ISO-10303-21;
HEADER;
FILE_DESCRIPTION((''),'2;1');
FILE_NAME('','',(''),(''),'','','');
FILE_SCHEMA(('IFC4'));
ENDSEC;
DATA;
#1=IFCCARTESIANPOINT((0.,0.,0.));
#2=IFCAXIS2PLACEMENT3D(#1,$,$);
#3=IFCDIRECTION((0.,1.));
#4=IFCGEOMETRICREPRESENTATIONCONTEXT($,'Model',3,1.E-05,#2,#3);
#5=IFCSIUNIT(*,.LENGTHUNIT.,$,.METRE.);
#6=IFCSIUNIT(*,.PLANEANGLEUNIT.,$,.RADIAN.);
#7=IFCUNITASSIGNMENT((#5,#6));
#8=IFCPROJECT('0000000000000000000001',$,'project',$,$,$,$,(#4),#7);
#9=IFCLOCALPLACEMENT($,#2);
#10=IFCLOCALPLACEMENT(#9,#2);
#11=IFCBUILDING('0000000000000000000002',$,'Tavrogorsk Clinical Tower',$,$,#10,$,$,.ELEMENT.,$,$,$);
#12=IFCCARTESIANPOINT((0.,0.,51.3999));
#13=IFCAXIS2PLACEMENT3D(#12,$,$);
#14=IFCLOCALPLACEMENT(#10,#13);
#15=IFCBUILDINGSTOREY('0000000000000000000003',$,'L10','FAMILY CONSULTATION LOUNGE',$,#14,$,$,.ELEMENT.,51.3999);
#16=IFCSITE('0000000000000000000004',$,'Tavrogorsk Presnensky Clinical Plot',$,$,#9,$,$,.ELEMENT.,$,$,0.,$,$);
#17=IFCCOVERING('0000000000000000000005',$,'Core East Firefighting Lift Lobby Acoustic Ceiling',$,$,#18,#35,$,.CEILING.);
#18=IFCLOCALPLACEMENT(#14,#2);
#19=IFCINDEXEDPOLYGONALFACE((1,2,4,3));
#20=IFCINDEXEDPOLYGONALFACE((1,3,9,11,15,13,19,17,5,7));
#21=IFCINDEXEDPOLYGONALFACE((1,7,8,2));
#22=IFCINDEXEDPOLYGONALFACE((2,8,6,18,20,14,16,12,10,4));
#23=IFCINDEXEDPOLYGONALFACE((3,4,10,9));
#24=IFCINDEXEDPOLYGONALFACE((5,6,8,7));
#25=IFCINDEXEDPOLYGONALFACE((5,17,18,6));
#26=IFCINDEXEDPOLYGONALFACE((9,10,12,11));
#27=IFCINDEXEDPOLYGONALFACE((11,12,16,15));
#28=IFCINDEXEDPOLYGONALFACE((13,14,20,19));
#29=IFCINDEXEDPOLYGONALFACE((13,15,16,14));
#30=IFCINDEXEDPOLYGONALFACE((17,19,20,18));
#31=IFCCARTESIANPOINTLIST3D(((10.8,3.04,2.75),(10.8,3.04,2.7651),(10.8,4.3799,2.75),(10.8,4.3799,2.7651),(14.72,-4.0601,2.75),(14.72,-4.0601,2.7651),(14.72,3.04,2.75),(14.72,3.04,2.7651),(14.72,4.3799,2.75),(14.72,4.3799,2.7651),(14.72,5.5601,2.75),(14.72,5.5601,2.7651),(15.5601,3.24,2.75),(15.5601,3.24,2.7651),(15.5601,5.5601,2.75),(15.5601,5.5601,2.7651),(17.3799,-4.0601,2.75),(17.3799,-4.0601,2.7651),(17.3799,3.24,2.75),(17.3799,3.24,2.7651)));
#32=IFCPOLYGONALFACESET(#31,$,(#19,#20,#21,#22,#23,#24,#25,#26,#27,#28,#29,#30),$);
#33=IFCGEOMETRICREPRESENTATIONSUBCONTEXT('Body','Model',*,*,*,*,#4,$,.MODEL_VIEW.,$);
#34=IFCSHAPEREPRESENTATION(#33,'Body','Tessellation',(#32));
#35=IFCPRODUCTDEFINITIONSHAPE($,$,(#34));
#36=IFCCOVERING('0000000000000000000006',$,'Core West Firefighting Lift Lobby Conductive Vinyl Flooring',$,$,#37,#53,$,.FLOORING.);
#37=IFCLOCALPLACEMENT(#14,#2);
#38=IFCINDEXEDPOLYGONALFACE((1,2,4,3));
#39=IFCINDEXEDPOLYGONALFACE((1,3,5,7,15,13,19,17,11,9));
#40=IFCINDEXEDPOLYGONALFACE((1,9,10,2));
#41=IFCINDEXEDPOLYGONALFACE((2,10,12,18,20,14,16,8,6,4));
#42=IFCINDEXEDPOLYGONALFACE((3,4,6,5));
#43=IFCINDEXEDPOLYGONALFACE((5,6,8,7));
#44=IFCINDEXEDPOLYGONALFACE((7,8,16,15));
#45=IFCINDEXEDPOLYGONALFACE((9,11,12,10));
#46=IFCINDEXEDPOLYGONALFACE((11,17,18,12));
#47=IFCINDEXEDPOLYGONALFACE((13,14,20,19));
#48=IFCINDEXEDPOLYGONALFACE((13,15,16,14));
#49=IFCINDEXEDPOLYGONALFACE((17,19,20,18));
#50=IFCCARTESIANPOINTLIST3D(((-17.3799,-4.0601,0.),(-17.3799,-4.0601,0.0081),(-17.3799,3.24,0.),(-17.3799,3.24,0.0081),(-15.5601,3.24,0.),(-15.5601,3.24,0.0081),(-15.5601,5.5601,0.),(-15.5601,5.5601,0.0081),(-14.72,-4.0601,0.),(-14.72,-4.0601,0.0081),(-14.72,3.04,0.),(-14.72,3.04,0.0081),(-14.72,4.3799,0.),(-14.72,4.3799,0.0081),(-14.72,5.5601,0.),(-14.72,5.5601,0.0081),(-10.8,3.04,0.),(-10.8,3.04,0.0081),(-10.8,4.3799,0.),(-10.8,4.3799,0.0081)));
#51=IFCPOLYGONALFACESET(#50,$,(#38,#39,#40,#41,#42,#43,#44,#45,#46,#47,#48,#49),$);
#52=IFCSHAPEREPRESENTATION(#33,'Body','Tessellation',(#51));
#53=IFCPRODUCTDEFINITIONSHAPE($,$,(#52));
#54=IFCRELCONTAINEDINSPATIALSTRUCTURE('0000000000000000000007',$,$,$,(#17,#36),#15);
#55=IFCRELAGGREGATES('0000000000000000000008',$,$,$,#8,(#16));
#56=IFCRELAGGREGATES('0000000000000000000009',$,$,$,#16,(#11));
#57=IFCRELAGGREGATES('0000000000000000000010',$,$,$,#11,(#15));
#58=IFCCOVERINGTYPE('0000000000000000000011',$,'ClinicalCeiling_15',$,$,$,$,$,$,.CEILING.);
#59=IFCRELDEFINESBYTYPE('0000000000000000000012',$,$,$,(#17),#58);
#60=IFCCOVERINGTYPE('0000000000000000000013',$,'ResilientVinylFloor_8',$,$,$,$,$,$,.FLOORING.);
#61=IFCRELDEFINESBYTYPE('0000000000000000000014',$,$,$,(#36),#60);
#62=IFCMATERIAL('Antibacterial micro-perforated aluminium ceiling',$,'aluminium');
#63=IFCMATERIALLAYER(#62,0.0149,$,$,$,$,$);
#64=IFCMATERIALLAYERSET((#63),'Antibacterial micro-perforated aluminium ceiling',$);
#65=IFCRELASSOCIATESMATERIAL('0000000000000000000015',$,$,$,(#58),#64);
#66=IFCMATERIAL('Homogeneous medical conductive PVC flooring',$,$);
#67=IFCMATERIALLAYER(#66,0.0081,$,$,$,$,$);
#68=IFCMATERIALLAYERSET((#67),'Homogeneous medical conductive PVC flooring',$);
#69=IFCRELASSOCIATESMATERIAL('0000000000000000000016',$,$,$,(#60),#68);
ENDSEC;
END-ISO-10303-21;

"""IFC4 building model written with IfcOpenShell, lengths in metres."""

from ifc_helpers import new_model, si_unit, direction, frame, origin, place, context, subcontext, project, spatial, polyline, outline, extrude, material, layer, layer_set, type_object, element, save


model = new_model("IFC4")

# Units and contexts
model_context = context("Model", 3, precision=1e-05, world=origin(), true_north=direction((0.0, 1.0)))
body_context = subcontext(model_context, "Body", "Model", "MODEL_VIEW")
ifc_project = project(units=[si_unit("LENGTHUNIT", "METRE"), si_unit("PLANEANGLEUNIT", "RADIAN")], contexts=[model_context])

# Site, building, storey
site_placement = place(None, origin())
site = spatial("IfcSite", under=ifc_project, at=site_placement, Name="Tavrogorsk Presnensky Clinical Plot", CompositionType="ELEMENT", RefElevation=0.0)
building_placement = place(site_placement, origin())
building = spatial("IfcBuilding", under=site, at=building_placement, Name="Tavrogorsk Clinical Tower", CompositionType="ELEMENT")
storey_placement = place(building_placement, frame((0.0, 0.0, 51.3999)))
storey = spatial("IfcBuildingStorey", under=building, at=storey_placement, Name="L10", Description="FAMILY CONSULTATION LOUNGE", CompositionType="ELEMENT", Elevation=51.3999)

# Coverings
ifc_material_1 = material(Name="Antibacterial micro-perforated aluminium ceiling", Category="aluminium")
ifc_layer_1 = layer(ifc_material_1, 0.0149)
ifc_layer_set_1 = layer_set([ifc_layer_1], Name="Antibacterial micro-perforated aluminium ceiling")
covering_type_1 = type_object("IfcCoveringType", Name="ClinicalCeiling_15", PredefinedType="CEILING", material=ifc_layer_set_1)
covering_1_placement = place(storey_placement, frame((0.0, 0.0, 2.75)))
element("IfcCovering", 1, at=covering_1_placement, inside=storey, type_object=covering_type_1, Name="Core East Firefighting Lift Lobby Acoustic Ceiling", PredefinedType="CEILING", context=body_context, shape_type="SweptSolid", body=[
    extrude(outline(polyline([(14.72, -4.0601), (14.72, 3.04), (10.8, 3.04), (10.8, 4.3799), (14.72, 4.3799), (14.72, 5.5601), (15.5601, 5.5601), (15.5601, 3.24), (17.3799, 3.24), (17.3799, -4.0601), (14.72, -4.0601)])), origin(), (0.0, 0.0, 1.0), 0.0151),
])
ifc_material_2 = material(Name="Homogeneous medical conductive PVC flooring")
ifc_layer_2 = layer(ifc_material_2, 0.0081)
ifc_layer_set_2 = layer_set([ifc_layer_2], Name="Homogeneous medical conductive PVC flooring")
covering_type_2 = type_object("IfcCoveringType", Name="ResilientVinylFloor_8", PredefinedType="FLOORING", material=ifc_layer_set_2)
covering_2_placement = place(storey_placement, origin())
element("IfcCovering", 2, at=covering_2_placement, inside=storey, type_object=covering_type_2, Name="Core West Firefighting Lift Lobby Conductive Vinyl Flooring", PredefinedType="FLOORING", context=body_context, shape_type="SweptSolid", body=[
    extrude(outline(polyline([(-14.72, 4.3799), (-10.8, 4.3799), (-10.8, 3.04), (-14.72, 3.04), (-14.72, -4.0601), (-17.3799, -4.0601), (-17.3799, 3.24), (-15.5601, 3.24), (-15.5601, 5.5601), (-14.72, 5.5601), (-14.72, 4.3799)])), origin(), (0.0, 0.0, 1.0), 0.0081),
])

save(model, "model.ifc")
